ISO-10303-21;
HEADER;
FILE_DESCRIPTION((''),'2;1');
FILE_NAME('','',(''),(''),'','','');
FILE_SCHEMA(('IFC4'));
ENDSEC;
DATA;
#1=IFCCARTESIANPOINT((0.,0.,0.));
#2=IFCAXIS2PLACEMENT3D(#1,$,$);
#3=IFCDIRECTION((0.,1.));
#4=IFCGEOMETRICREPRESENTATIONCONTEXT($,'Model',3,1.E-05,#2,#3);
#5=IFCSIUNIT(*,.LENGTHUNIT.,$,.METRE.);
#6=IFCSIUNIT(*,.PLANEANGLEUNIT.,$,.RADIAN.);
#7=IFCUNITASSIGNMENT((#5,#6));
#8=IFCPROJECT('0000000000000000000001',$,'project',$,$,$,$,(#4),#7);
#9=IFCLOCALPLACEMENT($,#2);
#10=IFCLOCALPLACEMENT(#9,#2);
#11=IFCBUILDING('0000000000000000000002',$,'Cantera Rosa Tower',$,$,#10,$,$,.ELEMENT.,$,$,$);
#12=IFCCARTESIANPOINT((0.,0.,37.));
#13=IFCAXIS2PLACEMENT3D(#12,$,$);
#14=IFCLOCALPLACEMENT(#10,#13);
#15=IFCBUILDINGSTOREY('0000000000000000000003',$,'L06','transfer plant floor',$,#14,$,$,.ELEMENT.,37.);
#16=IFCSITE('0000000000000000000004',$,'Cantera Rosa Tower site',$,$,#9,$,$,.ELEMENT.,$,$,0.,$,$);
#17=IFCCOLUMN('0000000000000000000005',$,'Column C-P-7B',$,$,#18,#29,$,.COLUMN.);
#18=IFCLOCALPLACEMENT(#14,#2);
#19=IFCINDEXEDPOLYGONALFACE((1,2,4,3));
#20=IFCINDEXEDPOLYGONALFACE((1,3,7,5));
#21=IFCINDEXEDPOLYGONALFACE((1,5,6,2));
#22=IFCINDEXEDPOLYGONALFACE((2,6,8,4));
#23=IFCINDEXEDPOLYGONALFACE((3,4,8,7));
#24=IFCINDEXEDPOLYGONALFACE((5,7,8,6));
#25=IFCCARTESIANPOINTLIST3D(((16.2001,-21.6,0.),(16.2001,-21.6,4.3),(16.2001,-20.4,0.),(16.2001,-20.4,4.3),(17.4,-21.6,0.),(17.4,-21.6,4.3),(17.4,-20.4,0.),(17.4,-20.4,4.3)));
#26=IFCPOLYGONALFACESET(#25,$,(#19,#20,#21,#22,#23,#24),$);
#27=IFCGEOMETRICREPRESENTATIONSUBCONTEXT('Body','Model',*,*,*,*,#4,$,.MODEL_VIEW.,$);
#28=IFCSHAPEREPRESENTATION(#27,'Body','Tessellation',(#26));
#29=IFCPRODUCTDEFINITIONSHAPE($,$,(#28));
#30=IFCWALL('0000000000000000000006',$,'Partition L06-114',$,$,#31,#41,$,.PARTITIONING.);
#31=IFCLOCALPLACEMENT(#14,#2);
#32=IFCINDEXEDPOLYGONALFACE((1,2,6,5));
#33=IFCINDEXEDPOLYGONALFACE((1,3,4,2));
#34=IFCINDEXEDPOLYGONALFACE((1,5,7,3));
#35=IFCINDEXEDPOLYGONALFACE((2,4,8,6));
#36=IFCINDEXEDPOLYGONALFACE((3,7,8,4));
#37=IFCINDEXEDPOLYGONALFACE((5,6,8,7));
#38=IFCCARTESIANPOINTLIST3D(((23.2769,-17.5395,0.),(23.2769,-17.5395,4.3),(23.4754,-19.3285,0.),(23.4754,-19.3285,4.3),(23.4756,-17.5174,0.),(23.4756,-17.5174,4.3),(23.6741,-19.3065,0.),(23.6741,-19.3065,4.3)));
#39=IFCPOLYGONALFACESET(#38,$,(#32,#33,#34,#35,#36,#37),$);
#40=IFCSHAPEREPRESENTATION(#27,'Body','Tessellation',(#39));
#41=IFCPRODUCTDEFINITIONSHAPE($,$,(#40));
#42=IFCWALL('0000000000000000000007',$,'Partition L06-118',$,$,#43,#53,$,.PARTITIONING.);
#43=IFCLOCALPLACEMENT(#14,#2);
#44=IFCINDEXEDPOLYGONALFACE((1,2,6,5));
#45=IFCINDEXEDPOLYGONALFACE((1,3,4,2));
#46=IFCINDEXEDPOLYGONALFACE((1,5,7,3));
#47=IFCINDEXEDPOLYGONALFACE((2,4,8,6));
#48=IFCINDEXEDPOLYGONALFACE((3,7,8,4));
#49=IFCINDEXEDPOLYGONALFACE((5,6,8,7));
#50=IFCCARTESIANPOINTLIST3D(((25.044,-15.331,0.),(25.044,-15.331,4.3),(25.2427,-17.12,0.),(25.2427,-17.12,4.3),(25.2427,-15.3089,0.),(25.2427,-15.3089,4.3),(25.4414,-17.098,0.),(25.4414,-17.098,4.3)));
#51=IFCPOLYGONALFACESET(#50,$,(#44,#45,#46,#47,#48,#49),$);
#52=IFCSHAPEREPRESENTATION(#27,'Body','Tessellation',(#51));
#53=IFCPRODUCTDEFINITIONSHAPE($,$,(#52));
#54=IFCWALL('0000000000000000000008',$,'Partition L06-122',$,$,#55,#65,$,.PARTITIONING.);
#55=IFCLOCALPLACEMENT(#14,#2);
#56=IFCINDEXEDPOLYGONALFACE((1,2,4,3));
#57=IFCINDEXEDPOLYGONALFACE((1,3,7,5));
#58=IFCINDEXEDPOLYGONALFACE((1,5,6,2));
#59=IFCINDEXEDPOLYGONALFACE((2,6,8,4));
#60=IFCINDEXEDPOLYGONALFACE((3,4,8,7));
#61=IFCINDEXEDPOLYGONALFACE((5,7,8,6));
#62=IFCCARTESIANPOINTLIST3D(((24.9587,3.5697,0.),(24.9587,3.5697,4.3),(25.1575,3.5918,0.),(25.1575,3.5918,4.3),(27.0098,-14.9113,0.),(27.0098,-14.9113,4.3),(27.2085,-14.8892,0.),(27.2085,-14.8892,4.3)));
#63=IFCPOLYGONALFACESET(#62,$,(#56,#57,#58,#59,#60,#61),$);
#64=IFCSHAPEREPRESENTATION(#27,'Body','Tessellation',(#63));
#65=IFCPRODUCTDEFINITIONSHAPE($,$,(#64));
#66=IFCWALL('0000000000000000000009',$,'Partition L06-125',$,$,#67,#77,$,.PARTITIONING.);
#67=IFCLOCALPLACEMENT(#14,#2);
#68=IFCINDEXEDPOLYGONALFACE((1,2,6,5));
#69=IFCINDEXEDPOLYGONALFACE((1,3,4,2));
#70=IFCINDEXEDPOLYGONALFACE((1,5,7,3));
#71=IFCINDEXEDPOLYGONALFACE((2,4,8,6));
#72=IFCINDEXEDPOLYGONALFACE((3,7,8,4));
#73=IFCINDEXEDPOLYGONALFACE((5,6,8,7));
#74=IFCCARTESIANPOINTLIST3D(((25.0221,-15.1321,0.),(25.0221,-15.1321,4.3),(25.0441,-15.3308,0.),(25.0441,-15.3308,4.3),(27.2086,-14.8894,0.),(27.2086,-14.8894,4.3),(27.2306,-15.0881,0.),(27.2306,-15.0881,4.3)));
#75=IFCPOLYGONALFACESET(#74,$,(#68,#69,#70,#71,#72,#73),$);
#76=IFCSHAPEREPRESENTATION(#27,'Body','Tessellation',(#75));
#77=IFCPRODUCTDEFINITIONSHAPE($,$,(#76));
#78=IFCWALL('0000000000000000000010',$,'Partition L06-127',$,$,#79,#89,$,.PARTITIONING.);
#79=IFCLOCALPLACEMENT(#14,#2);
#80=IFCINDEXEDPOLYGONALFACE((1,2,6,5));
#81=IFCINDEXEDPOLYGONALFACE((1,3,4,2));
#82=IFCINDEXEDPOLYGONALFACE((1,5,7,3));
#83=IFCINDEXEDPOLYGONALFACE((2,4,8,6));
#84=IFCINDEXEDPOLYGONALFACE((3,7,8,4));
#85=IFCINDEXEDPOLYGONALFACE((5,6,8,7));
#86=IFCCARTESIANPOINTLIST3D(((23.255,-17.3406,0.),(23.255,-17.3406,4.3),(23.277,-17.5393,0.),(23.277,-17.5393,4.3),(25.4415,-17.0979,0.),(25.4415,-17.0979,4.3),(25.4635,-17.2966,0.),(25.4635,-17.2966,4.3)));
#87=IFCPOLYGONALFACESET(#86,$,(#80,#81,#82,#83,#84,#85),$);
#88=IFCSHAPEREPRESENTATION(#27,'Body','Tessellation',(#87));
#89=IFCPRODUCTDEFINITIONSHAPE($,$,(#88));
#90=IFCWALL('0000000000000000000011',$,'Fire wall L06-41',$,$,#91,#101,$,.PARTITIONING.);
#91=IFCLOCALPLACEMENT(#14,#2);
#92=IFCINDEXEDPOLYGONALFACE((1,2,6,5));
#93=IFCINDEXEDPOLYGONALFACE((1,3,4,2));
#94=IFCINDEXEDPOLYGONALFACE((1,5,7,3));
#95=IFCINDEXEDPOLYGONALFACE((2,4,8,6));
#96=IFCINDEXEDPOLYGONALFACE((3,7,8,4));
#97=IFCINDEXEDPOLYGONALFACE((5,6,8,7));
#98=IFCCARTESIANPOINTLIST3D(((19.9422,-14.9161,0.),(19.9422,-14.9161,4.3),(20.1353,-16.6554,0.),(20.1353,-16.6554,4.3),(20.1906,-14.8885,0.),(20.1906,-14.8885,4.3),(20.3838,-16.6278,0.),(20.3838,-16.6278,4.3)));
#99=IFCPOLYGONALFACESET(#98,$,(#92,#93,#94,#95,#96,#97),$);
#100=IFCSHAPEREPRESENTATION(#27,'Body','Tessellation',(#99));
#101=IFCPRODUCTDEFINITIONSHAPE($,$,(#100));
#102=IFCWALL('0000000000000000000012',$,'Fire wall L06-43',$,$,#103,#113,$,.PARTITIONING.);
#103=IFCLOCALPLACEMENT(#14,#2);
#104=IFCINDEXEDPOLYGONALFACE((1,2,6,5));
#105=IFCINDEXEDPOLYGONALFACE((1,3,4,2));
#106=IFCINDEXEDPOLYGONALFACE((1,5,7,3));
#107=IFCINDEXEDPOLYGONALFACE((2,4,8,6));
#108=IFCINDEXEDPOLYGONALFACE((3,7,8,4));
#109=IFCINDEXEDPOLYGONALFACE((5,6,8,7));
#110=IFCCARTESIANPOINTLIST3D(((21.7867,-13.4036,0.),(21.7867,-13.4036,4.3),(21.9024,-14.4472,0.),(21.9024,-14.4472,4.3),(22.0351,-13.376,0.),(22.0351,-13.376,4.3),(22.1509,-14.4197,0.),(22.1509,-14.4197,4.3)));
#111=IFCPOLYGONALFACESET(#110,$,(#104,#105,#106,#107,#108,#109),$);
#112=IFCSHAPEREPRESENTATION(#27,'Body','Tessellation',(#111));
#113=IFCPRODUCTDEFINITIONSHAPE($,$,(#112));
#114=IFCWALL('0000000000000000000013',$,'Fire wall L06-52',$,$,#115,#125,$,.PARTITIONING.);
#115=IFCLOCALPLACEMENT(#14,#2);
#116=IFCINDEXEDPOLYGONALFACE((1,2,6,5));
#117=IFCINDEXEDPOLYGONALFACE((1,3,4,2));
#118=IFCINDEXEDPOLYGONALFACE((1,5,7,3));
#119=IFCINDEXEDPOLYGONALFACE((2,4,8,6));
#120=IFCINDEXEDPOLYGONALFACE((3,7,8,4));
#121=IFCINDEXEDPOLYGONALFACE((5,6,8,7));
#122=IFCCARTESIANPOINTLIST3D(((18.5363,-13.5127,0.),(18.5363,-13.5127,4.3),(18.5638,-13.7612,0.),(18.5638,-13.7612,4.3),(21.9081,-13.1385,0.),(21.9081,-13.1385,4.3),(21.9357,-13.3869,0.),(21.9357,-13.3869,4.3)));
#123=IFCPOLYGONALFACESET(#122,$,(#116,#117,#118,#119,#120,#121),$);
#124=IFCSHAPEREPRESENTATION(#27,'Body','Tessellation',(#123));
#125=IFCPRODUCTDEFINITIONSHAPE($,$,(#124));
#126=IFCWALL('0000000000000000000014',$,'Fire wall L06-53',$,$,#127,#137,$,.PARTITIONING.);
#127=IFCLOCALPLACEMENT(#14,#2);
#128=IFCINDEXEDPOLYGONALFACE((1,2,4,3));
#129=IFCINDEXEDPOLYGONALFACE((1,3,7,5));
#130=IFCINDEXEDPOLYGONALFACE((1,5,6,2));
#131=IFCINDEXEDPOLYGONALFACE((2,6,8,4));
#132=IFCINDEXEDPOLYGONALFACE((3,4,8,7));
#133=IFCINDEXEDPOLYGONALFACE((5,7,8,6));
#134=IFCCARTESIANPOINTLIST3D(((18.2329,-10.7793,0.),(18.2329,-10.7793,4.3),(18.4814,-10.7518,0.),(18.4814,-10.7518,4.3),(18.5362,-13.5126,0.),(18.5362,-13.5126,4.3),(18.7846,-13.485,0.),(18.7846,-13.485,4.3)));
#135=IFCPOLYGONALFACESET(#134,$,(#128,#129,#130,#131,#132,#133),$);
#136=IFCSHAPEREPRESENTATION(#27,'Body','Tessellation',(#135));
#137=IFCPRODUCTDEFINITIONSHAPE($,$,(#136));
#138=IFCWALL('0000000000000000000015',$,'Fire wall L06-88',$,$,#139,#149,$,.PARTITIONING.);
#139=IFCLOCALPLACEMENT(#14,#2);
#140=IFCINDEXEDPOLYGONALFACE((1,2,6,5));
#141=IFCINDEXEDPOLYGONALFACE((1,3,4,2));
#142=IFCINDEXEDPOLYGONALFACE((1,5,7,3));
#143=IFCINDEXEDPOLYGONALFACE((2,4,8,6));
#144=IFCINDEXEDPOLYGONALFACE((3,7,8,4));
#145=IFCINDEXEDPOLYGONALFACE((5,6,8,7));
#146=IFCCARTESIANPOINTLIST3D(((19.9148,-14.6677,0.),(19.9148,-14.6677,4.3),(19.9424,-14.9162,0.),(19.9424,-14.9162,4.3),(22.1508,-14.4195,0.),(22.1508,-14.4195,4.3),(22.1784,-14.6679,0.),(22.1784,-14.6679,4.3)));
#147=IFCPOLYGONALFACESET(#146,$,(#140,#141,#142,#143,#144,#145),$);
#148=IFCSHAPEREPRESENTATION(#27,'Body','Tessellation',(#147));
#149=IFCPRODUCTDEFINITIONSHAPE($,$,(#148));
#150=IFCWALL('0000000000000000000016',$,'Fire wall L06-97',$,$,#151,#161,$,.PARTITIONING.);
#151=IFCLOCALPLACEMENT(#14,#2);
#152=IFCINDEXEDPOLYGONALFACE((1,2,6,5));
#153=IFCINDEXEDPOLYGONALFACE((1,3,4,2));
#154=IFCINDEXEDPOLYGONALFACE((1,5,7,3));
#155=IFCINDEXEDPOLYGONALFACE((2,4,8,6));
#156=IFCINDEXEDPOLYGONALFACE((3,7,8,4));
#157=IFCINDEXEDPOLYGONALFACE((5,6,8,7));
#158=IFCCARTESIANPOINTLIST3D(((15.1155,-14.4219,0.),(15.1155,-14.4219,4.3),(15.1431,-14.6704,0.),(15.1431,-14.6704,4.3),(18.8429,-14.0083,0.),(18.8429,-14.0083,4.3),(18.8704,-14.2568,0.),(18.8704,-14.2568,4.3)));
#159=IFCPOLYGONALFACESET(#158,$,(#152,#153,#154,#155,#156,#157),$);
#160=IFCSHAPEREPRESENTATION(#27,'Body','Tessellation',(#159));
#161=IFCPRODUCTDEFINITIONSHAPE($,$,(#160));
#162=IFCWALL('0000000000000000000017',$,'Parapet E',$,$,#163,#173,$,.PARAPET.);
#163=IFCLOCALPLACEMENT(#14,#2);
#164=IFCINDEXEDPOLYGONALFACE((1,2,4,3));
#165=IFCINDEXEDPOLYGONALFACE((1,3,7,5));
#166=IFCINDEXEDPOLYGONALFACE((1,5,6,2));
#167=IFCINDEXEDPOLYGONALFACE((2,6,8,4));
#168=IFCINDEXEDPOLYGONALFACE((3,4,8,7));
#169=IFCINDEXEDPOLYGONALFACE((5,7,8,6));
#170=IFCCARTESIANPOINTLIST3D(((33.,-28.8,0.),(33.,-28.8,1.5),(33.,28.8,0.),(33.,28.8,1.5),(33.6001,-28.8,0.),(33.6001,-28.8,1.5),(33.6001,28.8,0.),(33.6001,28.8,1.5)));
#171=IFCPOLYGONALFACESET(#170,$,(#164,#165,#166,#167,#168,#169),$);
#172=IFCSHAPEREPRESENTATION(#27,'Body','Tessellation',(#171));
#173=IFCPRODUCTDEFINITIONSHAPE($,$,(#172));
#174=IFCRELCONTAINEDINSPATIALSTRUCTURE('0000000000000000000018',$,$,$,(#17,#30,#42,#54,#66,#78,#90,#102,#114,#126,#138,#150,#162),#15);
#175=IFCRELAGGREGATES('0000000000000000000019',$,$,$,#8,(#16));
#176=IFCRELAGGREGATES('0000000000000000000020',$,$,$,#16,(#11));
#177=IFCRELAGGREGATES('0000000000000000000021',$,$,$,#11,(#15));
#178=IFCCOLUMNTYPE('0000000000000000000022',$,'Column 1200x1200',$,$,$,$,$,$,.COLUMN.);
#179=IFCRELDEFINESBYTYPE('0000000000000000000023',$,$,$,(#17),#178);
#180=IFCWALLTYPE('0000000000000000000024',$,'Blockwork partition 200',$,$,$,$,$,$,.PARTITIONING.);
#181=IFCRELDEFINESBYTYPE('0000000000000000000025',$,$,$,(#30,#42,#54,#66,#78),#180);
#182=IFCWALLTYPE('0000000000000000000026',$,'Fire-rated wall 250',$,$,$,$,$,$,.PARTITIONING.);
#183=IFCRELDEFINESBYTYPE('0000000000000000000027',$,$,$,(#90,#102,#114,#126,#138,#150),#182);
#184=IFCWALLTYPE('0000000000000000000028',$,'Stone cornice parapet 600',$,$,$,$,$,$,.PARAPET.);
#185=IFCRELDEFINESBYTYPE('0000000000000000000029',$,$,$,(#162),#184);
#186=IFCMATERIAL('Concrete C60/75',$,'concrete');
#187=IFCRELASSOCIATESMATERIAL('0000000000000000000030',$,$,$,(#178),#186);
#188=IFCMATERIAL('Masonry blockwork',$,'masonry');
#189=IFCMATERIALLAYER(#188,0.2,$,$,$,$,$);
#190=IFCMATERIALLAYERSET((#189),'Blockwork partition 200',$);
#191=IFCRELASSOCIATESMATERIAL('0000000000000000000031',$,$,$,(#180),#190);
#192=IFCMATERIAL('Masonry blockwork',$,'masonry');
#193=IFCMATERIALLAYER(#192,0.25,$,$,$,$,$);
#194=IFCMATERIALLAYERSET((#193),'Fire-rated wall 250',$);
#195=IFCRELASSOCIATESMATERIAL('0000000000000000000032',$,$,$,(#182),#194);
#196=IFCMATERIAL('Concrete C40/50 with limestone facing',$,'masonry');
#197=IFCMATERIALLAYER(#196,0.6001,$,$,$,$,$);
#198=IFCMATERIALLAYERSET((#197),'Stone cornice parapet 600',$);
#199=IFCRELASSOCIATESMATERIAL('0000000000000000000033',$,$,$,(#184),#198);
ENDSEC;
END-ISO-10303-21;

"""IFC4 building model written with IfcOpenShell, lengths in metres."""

from ifc_helpers import new_model, si_unit, direction, frame, frame_2d, origin, origin_2d, place, context, subcontext, project, spatial, rectangle, extrude, material, layer, layer_set, material_profile, profile_set, type_object, element, save


model = new_model("IFC4")

# Units and contexts
model_context = context("Model", 3, precision=1e-05, world=origin(), true_north=direction((0.0, 1.0)))
body_context = subcontext(model_context, "Body", "Model", "MODEL_VIEW")
ifc_project = project(units=[si_unit("LENGTHUNIT", "METRE"), si_unit("PLANEANGLEUNIT", "RADIAN")], contexts=[model_context])

# Site, building, storey
site_placement = place(None, origin())
site = spatial("IfcSite", under=ifc_project, at=site_placement, Name="Cantera Rosa Tower site", CompositionType="ELEMENT", RefElevation=0.0)
building_placement = place(site_placement, origin())
building = spatial("IfcBuilding", under=site, at=building_placement, Name="Cantera Rosa Tower", CompositionType="ELEMENT")
storey_placement = place(building_placement, frame((0.0, 0.0, 37.0)))
storey = spatial("IfcBuildingStorey", under=building, at=storey_placement, Name="L06", Description="transfer plant floor", CompositionType="ELEMENT", Elevation=37.0)

# Column
ifc_material_1 = material(Name="Concrete C60/75", Category="concrete")
ifc_material_profile = material_profile(ifc_material_1, rectangle(XDim=1.2, YDim=1.2, at=origin_2d()), Name="Column 1200x1200")
ifc_profile_set = profile_set([ifc_material_profile], Name="Concrete C60/75")
column_type = type_object("IfcColumnType", Name="Column 1200x1200", PredefinedType="COLUMN", material=ifc_profile_set)
column_placement = place(storey_placement, frame((16.8, -21.0, 0.0), z_axis=(0.0, 0.0, 1.0), x_axis=(1.0, 0.0, 0.0)))
element("IfcColumn", 1, at=column_placement, inside=storey, type_object=column_type, Name="Column C-P-7B", PredefinedType="COLUMN", context=body_context, shape_type="SweptSolid", body=[
    extrude(rectangle(XDim=1.2, YDim=1.2, at=origin_2d()), origin(), (0.0, 0.0, 1.0), 4.3),
])

# Walls
ifc_material_2 = material(Name="Masonry blockwork", Category="masonry")
ifc_layer_1 = layer(ifc_material_2, 0.2)
ifc_layer_set_1 = layer_set([ifc_layer_1], Name="Blockwork partition 200")
wall_type_1 = type_object("IfcWallType", Name="Blockwork partition 200", PredefinedType="PARTITIONING", material=ifc_layer_set_1)
for number, where, z_axis, x_axis, name in (
    (2, (23.5747, -19.3174, 0.0), (0.0, 0.0, 1.0), (-0.110268, 0.993902, 0.0), "Partition L06-114"),
    (3, (25.342, -17.1089, 0.0), (0.0, 0.0, 1.0), (-0.110402, 0.993887, 0.0), "Partition L06-118"),
):
    element("IfcWall", number, at=place(storey_placement, frame(where, z_axis=z_axis, x_axis=x_axis)), inside=storey, type_object=wall_type_1, Name=name, PredefinedType="PARTITIONING", context=body_context, shape_type="SweptSolid", body=[
        extrude(rectangle(XDim=1.8, YDim=0.2, at=frame_2d((0.8999, 0.0))), origin(), (0.0, 0.0, 1.0), 4.3),
    ])
wall_1_placement = place(storey_placement, frame((27.1091, -14.9004, 0.0), z_axis=(0.0, 0.0, 1.0), x_axis=(-0.110303, 0.993898, 0.0)))
element("IfcWall", 4, at=wall_1_placement, inside=storey, type_object=wall_type_1, Name="Partition L06-122", PredefinedType="PARTITIONING", context=body_context, shape_type="SweptSolid", body=[
    extrude(rectangle(XDim=18.5945, YDim=0.2, at=frame_2d((9.2974, 0.0))), origin(), (0.0, 0.0, 1.0), 4.3),
])
for number, where, z_axis, x_axis, name in (
    (5, (25.033, -15.2314, 0.0), (0.0, 0.0, 1.0), (0.993897, 0.11031, 0.0), "Partition L06-125"),
    (6, (23.2659, -17.4399, 0.0), (0.0, 0.0, 1.0), (0.993897, 0.11031, 0.0), "Partition L06-127"),
):
    element("IfcWall", number, at=place(storey_placement, frame(where, z_axis=z_axis, x_axis=x_axis)), inside=storey, type_object=wall_type_1, Name=name, PredefinedType="PARTITIONING", context=body_context, shape_type="SweptSolid", body=[
        extrude(rectangle(XDim=2.2, YDim=0.2, at=frame_2d((1.1001, 0.0))), origin(), (0.0, 0.0, 1.0), 4.3),
    ])
ifc_material_3 = material(Name="Masonry blockwork", Category="masonry")
ifc_layer_2 = layer(ifc_material_3, 0.25)
ifc_layer_set_2 = layer_set([ifc_layer_2], Name="Fire-rated wall 250")
wall_type_2 = type_object("IfcWallType", Name="Fire-rated wall 250", PredefinedType="PARTITIONING", material=ifc_layer_set_2)
wall_2_placement = place(storey_placement, frame((20.2595, -16.6416, 0.0), z_axis=(0.0, 0.0, 1.0), x_axis=(-0.110355, 0.993892, 0.0)))
element("IfcWall", 7, at=wall_2_placement, inside=storey, type_object=wall_type_2, Name="Fire wall L06-41", PredefinedType="PARTITIONING", context=body_context, shape_type="SweptSolid", body=[
    extrude(rectangle(XDim=1.75, YDim=0.25, at=frame_2d((0.875, 0.0))), origin(), (0.0, 0.0, 1.0), 4.3),
])
wall_3_placement = place(storey_placement, frame((22.0266, -14.4333, 0.0), z_axis=(0.0, 0.0, 1.0), x_axis=(-0.110202, 0.993909, 0.0)))
element("IfcWall", 8, at=wall_3_placement, inside=storey, type_object=wall_type_2, Name="Fire wall L06-43", PredefinedType="PARTITIONING", context=body_context, shape_type="SweptSolid", body=[
    extrude(rectangle(XDim=1.05, YDim=0.25, at=frame_2d((0.5249, 0.0))), origin(), (0.0, 0.0, 1.0), 4.3),
])
wall_4_placement = place(storey_placement, frame((18.55, -13.637, 0.0), z_axis=(0.0, 0.0, 1.0), x_axis=(0.993896, 0.110321, 0.0)))
element("IfcWall", 9, at=wall_4_placement, inside=storey, type_object=wall_type_2, Name="Fire wall L06-52", PredefinedType="PARTITIONING", context=body_context, shape_type="SweptSolid", body=[
    extrude(rectangle(XDim=3.3926, YDim=0.25, at=frame_2d((1.6963, 0.0))), origin(), (0.0, 0.0, 1.0), 4.3),
])
wall_5_placement = place(storey_placement, frame((18.6604, -13.4988, 0.0), z_axis=(0.0, 0.0, 1.0), x_axis=(-0.110266, 0.993902, 0.0)))
element("IfcWall", 10, at=wall_5_placement, inside=storey, type_object=wall_type_2, Name="Fire wall L06-53", PredefinedType="PARTITIONING", context=body_context, shape_type="SweptSolid", body=[
    extrude(rectangle(XDim=2.75, YDim=0.25, at=frame_2d((1.375, 0.0))), origin(), (0.0, 0.0, 1.0), 4.3),
])
wall_6_placement = place(storey_placement, frame((19.9285, -14.792, 0.0), z_axis=(0.0, 0.0, 1.0), x_axis=(0.993892, 0.11036, 0.0)))
element("IfcWall", 11, at=wall_6_placement, inside=storey, type_object=wall_type_2, Name="Fire wall L06-88", PredefinedType="PARTITIONING", context=body_context, shape_type="SweptSolid", body=[
    extrude(rectangle(XDim=2.2498, YDim=0.25, at=frame_2d((1.125, 0.0))), origin(), (0.0, 0.0, 1.0), 4.3),
])
wall_7_placement = place(storey_placement, frame((15.1294, -14.5461, 0.0), z_axis=(0.0, 0.0, 1.0), x_axis=(0.9939, 0.110281, 0.0)))
element("IfcWall", 12, at=wall_7_placement, inside=storey, type_object=wall_type_2, Name="Fire wall L06-97", PredefinedType="PARTITIONING", context=body_context, shape_type="SweptSolid", body=[
    extrude(rectangle(XDim=3.7502, YDim=0.25, at=frame_2d((1.875, 0.0))), origin(), (0.0, 0.0, 1.0), 4.3),
])
ifc_material_4 = material(Name="Concrete C40/50 with limestone facing", Category="masonry")
ifc_layer_3 = layer(ifc_material_4, 0.6001)
ifc_layer_set_3 = layer_set([ifc_layer_3], Name="Stone cornice parapet 600")
wall_type_3 = type_object("IfcWallType", Name="Stone cornice parapet 600", PredefinedType="PARAPET", material=ifc_layer_set_3)
wall_8_placement = place(storey_placement, frame((33.3, -28.8, 0.0), z_axis=(0.0, 0.0, 1.0), x_axis=(0.0, 1.0, 0.0)))
element("IfcWall", 13, at=wall_8_placement, inside=storey, type_object=wall_type_3, Name="Parapet E", PredefinedType="PARAPET", context=body_context, shape_type="SweptSolid", body=[
    extrude(rectangle(XDim=57.6001, YDim=0.6001, at=frame_2d((28.8, 0.0))), origin(), (0.0, 0.0, 1.0), 1.5),
])

save(model, "model.ifc")
